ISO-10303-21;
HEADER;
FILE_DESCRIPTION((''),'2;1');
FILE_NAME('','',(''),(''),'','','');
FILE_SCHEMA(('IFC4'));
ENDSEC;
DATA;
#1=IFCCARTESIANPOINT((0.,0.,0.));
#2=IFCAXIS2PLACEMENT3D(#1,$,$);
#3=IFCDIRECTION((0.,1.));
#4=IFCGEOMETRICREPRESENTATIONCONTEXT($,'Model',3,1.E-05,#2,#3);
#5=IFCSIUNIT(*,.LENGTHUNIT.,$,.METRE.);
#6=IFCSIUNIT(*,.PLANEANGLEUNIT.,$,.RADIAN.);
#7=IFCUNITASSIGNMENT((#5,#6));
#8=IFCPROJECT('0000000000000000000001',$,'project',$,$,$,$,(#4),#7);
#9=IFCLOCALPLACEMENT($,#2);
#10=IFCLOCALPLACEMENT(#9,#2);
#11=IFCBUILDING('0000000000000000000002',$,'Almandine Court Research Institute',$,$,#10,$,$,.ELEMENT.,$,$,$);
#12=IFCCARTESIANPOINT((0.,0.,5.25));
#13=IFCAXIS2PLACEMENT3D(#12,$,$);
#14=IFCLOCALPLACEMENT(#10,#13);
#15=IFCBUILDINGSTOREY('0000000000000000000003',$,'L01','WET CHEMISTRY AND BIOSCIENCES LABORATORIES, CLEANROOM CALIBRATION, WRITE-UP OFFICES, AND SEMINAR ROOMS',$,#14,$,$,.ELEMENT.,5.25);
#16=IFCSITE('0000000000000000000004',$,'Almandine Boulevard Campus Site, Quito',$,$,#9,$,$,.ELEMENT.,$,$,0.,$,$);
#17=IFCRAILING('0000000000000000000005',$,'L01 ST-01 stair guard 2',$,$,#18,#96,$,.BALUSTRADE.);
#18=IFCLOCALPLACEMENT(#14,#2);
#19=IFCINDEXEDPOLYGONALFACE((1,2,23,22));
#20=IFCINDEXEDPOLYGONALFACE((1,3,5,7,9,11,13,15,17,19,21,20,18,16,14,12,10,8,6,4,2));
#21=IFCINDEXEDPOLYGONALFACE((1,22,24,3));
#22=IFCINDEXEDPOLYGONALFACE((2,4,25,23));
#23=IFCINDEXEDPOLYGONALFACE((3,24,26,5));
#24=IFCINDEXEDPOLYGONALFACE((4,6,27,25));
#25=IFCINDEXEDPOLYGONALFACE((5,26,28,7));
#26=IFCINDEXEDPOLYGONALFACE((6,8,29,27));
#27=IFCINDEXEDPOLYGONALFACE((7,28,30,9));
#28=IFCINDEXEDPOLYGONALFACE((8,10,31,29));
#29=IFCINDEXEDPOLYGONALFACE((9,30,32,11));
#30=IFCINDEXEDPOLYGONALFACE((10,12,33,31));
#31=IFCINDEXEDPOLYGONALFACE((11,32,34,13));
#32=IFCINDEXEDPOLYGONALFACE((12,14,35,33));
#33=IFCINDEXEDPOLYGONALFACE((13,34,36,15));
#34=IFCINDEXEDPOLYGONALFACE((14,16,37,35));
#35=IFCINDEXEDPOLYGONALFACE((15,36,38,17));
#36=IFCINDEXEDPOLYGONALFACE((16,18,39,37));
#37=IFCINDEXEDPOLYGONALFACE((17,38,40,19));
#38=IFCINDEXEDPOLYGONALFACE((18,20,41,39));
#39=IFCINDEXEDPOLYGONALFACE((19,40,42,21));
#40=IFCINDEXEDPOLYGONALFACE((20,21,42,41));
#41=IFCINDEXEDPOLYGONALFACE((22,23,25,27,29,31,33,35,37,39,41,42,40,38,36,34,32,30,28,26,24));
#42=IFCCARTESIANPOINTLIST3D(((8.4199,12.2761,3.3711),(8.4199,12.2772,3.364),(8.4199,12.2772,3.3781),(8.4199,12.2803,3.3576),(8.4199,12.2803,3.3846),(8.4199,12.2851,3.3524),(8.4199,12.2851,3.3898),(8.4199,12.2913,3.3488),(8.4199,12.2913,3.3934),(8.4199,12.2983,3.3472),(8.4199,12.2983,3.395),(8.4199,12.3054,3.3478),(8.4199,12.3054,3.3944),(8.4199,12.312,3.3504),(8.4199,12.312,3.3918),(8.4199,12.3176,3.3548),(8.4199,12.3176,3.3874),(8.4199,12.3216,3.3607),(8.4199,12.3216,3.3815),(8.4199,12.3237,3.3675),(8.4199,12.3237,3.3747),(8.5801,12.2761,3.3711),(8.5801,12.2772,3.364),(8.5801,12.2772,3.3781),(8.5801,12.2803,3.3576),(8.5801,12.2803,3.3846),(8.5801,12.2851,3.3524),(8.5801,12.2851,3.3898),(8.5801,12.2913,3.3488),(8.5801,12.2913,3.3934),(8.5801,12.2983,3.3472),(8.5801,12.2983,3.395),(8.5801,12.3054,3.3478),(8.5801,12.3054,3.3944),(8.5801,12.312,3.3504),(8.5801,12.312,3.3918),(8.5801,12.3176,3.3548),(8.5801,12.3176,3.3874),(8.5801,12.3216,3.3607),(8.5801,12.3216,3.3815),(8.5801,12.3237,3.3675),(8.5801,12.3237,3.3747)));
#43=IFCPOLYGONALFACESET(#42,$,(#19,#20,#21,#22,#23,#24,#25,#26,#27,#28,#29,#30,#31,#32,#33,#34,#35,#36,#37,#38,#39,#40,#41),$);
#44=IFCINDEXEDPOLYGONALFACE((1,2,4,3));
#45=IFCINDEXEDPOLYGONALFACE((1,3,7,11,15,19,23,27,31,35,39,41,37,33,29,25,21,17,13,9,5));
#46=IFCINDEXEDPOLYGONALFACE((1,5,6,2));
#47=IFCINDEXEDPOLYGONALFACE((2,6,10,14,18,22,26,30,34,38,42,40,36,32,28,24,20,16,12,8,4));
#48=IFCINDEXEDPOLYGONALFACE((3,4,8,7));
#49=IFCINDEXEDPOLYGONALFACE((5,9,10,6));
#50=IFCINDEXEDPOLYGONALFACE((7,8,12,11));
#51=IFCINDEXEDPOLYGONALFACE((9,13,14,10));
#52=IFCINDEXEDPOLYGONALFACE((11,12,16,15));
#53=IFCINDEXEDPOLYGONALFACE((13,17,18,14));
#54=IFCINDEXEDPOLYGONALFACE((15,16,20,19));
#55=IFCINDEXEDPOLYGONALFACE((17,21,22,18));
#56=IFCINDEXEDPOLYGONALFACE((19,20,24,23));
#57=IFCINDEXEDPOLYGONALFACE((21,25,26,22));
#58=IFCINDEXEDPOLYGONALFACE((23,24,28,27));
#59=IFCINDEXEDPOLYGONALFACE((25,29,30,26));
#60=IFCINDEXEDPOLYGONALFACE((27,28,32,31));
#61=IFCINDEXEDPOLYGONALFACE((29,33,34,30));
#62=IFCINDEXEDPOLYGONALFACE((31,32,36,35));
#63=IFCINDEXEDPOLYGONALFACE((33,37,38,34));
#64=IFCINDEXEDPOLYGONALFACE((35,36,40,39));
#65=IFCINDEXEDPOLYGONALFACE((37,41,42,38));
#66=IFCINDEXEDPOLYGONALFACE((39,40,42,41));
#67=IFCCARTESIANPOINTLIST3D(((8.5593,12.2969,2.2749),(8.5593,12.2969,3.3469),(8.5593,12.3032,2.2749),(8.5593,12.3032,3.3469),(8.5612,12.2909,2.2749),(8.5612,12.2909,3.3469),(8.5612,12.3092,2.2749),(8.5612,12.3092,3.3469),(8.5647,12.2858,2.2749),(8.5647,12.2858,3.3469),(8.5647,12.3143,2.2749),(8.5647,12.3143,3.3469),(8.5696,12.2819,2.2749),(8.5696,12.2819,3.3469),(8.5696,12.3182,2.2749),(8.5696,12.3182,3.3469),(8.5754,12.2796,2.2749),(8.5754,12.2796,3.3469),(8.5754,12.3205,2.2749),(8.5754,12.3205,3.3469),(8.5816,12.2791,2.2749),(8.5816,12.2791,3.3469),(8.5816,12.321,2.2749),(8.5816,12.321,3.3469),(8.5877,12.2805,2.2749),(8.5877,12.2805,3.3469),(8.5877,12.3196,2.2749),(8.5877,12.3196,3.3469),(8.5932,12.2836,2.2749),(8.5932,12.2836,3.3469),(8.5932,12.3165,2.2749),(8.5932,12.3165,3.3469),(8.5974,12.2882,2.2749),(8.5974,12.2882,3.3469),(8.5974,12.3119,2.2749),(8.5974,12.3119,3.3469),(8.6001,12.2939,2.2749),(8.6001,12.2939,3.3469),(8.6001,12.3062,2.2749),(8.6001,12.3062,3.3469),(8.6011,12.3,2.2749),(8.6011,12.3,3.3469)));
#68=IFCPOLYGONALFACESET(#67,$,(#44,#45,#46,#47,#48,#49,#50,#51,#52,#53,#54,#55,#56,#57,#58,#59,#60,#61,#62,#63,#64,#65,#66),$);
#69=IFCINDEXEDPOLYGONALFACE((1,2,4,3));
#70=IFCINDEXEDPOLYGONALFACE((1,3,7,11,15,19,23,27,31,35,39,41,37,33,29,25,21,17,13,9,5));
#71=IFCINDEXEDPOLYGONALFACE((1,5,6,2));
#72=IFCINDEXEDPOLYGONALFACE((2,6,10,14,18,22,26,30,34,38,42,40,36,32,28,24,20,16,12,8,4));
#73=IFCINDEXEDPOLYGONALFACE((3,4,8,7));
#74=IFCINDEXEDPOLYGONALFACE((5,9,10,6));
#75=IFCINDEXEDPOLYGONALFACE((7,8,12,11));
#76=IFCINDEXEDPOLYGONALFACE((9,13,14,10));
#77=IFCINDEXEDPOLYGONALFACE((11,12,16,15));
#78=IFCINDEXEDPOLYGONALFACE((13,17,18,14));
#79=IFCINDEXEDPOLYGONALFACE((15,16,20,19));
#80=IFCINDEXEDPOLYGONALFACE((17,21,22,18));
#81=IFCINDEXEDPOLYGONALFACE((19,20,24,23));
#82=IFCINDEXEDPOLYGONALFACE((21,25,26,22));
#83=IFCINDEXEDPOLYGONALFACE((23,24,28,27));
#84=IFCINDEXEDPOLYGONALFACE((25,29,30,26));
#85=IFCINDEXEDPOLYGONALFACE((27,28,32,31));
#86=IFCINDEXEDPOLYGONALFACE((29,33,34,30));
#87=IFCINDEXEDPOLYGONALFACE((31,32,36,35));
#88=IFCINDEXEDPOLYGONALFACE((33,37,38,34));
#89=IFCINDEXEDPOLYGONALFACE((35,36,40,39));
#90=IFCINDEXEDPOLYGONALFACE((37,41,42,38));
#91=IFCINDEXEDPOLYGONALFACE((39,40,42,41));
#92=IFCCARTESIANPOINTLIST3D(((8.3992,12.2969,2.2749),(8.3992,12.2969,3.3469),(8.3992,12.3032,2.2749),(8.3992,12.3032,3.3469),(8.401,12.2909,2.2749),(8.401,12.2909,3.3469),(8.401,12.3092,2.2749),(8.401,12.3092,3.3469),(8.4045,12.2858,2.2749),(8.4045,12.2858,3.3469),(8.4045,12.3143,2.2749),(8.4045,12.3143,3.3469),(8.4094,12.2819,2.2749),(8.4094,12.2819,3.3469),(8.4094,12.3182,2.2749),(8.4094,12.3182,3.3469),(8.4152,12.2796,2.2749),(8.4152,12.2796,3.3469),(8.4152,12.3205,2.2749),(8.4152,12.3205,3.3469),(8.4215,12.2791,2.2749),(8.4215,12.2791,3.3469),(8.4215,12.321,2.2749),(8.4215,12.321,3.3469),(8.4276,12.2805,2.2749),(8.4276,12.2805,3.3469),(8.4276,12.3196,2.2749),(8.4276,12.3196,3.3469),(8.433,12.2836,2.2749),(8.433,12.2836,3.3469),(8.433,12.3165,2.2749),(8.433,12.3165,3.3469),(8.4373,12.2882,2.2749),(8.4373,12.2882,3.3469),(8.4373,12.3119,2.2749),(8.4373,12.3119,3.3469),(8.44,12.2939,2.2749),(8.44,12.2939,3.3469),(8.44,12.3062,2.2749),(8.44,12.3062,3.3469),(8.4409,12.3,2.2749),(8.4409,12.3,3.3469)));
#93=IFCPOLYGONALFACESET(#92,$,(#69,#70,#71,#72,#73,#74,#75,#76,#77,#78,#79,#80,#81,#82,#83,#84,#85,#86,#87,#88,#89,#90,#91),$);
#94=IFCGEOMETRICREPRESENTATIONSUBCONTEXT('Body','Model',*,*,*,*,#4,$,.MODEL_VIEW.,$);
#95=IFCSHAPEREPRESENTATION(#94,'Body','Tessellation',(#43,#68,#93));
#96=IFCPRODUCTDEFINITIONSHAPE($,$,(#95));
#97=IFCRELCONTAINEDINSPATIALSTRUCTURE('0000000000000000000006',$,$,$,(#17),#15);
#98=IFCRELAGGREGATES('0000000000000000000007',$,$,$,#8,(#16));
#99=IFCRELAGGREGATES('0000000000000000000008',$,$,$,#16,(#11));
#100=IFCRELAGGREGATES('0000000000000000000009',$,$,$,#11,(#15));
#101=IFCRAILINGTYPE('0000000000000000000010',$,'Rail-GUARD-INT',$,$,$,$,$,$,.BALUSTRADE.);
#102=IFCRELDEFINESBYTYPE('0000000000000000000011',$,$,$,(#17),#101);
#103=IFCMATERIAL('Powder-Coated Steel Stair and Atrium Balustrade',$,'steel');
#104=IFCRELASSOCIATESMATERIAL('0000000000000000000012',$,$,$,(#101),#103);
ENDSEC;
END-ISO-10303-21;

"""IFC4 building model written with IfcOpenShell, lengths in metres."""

from ifc_helpers import new_model, si_unit, direction, frame, origin, origin_2d, place, context, subcontext, project, spatial, circle, extrude, material, type_object, element, save


model = new_model("IFC4")

# Units and contexts
model_context = context("Model", 3, precision=1e-05, world=origin(), true_north=direction((0.0, 1.0)))
body_context = subcontext(model_context, "Body", "Model", "MODEL_VIEW")
ifc_project = project(units=[si_unit("LENGTHUNIT", "METRE"), si_unit("PLANEANGLEUNIT", "RADIAN")], contexts=[model_context])

# Site, building, storey
site_placement = place(None, origin())
site = spatial("IfcSite", under=ifc_project, at=site_placement, Name="Almandine Boulevard Campus Site, Quito", CompositionType="ELEMENT", RefElevation=0.0)
building_placement = place(site_placement, origin())
building = spatial("IfcBuilding", under=site, at=building_placement, Name="Almandine Court Research Institute", CompositionType="ELEMENT")
storey_placement = place(building_placement, frame((0.0, 0.0, 5.25)))
storey = spatial("IfcBuildingStorey", under=building, at=storey_placement, Name="L01", Description="WET CHEMISTRY AND BIOSCIENCES LABORATORIES, CLEANROOM CALIBRATION, WRITE-UP OFFICES, AND SEMINAR ROOMS", CompositionType="ELEMENT", Elevation=5.25)

# Railing
ifc_material_1 = material(Name="Powder-Coated Steel Stair and Atrium Balustrade", Category="steel")
railing_type_1 = type_object("IfcRailingType", Name="Rail-GUARD-INT", PredefinedType="BALUSTRADE", material=ifc_material_1)
railing_1_placement = place(storey_placement, frame((8.5801, 12.3, 2.2749)))
element("IfcRailing", 1, at=railing_1_placement, inside=storey, type_object=railing_type_1, Name="L01 ST-01 stair guard 2", PredefinedType="BALUSTRADE", context=body_context, shape_type="SweptSolid", body=[
    extrude(circle(Radius=0.0239, at=origin_2d()), frame((0.0, 0.0, 1.0962), z_axis=(-1.0, 0.0, 0.0), x_axis=(0.0, -1.0, 0.0)), (0.0, 0.0, 1.0), 0.1602),
    extrude(circle(Radius=0.021, at=origin_2d()), origin(), (0.0, 0.0, 1.0), 1.072),
    extrude(circle(Radius=0.021, at=origin_2d()), frame((-0.1602, 0.0, 0.0)), (0.0, 0.0, 1.0), 1.072),
])

save(model, "model.ifc")
